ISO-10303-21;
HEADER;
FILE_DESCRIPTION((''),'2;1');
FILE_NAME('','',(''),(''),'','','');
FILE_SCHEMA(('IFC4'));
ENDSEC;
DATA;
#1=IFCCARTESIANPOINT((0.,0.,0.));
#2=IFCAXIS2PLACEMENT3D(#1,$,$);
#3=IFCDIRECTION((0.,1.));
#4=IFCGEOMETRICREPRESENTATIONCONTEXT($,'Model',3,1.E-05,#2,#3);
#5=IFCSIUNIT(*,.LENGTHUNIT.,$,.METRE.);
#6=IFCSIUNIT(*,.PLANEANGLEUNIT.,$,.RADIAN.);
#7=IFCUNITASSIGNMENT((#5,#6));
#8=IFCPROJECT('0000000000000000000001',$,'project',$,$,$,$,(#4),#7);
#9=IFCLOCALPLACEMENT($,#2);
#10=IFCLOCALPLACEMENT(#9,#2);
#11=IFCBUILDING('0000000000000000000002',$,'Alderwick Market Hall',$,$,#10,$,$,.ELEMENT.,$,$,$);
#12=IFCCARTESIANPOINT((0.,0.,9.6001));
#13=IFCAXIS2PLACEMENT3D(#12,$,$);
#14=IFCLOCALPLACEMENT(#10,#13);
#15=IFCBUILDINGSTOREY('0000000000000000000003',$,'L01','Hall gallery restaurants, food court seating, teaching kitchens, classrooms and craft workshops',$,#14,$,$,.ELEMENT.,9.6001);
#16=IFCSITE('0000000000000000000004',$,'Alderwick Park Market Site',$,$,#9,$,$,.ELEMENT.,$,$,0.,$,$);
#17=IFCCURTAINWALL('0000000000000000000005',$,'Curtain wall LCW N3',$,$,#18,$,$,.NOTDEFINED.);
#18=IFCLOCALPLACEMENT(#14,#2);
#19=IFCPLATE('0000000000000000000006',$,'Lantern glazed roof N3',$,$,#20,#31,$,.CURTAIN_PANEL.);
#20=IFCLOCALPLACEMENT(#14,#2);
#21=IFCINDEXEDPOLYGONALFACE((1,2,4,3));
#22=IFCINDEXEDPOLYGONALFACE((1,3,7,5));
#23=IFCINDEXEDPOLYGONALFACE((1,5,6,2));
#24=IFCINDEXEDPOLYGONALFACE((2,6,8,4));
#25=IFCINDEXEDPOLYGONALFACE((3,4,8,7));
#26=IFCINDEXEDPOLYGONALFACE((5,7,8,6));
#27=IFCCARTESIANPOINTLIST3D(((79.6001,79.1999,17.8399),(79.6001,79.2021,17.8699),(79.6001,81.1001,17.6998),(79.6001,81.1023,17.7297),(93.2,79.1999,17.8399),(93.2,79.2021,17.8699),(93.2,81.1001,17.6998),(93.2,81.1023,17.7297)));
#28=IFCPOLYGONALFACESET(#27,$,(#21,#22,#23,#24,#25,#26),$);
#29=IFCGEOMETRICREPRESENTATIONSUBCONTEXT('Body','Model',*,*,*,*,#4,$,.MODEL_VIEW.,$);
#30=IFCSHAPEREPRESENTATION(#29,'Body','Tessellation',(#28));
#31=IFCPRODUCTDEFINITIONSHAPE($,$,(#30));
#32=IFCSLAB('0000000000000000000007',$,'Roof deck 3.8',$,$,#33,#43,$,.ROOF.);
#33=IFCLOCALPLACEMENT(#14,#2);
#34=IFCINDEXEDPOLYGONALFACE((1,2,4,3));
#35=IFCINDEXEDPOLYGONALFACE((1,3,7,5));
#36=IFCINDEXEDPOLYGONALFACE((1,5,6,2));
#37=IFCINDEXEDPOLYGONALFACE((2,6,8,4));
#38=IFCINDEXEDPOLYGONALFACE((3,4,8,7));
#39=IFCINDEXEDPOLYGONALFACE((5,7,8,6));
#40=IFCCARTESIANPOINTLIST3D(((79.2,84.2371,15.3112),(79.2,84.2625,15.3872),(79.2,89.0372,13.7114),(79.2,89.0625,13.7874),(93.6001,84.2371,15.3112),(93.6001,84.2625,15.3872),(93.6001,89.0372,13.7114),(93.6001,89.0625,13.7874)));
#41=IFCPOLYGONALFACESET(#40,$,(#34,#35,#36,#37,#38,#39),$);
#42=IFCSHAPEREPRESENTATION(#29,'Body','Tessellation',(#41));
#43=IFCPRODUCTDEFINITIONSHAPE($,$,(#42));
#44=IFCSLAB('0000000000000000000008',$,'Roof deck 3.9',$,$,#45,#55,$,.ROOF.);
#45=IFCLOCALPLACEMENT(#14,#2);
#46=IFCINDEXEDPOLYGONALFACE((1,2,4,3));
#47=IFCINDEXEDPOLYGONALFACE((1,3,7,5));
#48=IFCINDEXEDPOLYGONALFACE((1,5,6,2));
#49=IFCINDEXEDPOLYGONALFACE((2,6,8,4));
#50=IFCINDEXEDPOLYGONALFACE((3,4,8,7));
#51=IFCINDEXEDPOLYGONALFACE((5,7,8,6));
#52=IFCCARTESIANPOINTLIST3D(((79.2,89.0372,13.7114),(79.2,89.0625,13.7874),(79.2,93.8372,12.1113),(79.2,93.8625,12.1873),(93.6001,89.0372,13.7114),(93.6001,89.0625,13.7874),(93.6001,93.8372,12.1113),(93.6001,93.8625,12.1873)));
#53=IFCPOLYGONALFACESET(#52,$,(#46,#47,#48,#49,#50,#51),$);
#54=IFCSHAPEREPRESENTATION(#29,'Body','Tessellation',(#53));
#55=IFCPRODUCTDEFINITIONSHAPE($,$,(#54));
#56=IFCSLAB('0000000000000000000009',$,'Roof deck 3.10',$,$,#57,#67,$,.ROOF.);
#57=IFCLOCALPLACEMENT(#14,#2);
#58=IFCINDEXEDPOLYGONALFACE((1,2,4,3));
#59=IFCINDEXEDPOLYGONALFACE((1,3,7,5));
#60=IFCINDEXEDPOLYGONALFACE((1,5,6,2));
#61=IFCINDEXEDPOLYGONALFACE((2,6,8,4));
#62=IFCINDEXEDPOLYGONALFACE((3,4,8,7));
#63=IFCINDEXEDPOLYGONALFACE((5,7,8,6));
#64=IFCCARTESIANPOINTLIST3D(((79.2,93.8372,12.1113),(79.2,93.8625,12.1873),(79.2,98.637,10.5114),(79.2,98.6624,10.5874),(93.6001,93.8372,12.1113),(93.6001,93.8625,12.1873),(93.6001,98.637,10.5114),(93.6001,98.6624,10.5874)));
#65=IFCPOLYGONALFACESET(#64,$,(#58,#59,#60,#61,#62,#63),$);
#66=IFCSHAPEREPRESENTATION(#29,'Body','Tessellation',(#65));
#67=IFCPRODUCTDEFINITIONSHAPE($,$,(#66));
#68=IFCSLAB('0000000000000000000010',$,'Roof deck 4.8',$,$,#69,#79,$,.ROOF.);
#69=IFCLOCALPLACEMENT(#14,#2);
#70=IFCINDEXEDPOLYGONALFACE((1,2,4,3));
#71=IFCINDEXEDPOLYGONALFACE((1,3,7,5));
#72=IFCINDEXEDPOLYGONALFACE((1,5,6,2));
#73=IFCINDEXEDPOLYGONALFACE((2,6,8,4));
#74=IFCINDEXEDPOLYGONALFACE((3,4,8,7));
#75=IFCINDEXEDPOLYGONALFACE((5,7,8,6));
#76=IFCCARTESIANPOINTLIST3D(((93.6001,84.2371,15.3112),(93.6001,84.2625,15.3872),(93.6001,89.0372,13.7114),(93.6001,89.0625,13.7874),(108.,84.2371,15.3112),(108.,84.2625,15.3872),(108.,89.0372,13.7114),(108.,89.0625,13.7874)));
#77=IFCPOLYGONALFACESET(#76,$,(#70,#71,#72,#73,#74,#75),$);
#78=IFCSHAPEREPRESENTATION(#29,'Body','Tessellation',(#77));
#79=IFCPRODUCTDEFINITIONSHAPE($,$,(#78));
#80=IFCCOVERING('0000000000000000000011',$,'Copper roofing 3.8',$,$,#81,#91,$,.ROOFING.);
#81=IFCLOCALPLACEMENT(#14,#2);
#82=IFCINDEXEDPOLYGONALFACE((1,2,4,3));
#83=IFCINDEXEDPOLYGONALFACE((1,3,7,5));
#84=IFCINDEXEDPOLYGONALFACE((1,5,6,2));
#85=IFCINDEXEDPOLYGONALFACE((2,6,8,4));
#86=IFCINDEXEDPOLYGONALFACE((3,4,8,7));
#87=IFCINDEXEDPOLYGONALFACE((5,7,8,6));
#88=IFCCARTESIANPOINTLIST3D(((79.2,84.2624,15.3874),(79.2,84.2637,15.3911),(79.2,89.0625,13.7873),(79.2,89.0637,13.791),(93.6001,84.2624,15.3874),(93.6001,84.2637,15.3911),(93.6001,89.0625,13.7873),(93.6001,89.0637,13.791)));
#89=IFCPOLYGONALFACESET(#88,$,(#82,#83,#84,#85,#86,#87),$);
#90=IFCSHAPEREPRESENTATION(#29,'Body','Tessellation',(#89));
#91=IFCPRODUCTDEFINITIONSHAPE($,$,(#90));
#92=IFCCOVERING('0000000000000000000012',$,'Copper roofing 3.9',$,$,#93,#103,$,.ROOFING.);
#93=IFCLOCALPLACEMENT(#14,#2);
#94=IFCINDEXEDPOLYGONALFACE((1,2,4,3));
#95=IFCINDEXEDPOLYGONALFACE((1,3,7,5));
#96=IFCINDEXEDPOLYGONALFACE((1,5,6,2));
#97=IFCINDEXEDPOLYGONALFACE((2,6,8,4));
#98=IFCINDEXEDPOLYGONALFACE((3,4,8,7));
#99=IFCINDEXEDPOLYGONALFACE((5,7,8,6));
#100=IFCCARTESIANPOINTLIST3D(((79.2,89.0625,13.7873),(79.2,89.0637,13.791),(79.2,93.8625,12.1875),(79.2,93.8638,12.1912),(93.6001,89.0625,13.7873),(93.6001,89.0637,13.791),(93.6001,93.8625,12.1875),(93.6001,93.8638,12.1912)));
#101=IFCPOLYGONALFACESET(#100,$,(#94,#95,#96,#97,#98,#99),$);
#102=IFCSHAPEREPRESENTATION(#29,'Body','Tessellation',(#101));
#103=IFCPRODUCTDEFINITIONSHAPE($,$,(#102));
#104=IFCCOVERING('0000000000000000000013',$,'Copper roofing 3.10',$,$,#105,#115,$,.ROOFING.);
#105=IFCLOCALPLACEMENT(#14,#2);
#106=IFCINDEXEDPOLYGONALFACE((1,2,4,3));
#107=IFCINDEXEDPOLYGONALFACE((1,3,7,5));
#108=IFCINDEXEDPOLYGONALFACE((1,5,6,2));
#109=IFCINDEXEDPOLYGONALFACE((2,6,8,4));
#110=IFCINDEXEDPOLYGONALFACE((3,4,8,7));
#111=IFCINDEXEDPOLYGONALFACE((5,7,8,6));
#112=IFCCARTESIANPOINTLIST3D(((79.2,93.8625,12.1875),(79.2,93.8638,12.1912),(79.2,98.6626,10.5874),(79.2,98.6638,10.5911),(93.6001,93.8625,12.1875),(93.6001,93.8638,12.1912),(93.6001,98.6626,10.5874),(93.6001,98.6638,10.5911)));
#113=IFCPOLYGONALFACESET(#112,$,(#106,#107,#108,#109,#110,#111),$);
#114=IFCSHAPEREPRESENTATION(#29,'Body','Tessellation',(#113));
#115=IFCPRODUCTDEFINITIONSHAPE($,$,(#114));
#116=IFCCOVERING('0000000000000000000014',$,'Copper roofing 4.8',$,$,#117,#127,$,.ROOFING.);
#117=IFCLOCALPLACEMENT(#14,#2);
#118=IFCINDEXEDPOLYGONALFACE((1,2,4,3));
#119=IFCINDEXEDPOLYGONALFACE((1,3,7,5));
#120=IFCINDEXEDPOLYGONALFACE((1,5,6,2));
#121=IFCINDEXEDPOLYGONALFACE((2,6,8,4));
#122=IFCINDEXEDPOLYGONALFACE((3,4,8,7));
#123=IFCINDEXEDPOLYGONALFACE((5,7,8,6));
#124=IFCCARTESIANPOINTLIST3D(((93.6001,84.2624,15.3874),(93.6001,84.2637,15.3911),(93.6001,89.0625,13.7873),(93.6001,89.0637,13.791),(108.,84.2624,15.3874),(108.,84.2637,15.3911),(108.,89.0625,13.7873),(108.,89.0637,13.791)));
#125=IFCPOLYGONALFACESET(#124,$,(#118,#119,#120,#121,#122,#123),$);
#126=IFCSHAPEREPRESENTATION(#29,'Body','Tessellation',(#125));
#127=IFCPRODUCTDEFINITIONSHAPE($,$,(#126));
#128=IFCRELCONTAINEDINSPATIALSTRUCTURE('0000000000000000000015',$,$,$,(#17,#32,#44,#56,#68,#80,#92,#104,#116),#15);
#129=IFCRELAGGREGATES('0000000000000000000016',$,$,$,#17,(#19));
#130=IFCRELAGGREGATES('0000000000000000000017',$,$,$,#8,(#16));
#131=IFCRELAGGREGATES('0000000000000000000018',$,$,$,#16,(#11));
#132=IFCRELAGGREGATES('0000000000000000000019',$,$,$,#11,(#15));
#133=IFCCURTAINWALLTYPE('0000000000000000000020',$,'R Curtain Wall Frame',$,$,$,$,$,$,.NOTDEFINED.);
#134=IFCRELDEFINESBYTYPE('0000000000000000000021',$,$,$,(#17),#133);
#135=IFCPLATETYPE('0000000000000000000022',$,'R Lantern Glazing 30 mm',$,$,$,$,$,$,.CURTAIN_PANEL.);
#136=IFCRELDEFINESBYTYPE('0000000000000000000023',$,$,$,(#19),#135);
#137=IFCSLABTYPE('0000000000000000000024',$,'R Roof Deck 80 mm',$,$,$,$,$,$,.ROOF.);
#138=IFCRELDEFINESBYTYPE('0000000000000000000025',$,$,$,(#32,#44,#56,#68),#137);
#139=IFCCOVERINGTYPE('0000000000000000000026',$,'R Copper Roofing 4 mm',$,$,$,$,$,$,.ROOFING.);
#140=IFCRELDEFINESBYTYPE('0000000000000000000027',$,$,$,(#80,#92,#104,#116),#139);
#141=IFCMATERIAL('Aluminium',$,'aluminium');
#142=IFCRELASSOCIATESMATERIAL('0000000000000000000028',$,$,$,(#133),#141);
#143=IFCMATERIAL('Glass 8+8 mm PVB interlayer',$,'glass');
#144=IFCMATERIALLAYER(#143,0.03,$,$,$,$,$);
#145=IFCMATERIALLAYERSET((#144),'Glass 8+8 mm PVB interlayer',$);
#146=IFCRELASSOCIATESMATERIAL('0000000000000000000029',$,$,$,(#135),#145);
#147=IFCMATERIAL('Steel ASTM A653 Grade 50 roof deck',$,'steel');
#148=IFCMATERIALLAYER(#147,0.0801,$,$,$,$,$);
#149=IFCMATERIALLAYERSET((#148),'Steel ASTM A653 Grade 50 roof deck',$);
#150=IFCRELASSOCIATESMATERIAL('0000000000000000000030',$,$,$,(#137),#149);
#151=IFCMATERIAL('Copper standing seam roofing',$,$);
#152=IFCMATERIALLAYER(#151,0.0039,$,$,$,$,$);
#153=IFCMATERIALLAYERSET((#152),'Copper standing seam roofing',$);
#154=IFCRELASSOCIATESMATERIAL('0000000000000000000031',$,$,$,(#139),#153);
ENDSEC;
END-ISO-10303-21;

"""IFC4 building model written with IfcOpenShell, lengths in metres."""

from ifc_helpers import new_model, si_unit, direction, frame, origin, place, context, subcontext, project, spatial, polyline, outline, extrude, material, layer, layer_set, type_object, element, aggregate, save


model = new_model("IFC4")

# Units and contexts
model_context = context("Model", 3, precision=1e-05, world=origin(), true_north=direction((0.0, 1.0)))
body_context = subcontext(model_context, "Body", "Model", "MODEL_VIEW")
ifc_project = project(units=[si_unit("LENGTHUNIT", "METRE"), si_unit("PLANEANGLEUNIT", "RADIAN")], contexts=[model_context])

# Site, building, storey
site_placement = place(None, origin())
site = spatial("IfcSite", under=ifc_project, at=site_placement, Name="Alderwick Park Market Site", CompositionType="ELEMENT", RefElevation=0.0)
building_placement = place(site_placement, origin())
building = spatial("IfcBuilding", under=site, at=building_placement, Name="Alderwick Market Hall", CompositionType="ELEMENT")
storey_placement = place(building_placement, frame((0.0, 0.0, 9.6001)))
storey = spatial("IfcBuildingStorey", under=building, at=storey_placement, Name="L01", Description="Hall gallery restaurants, food court seating, teaching kitchens, classrooms and craft workshops", CompositionType="ELEMENT", Elevation=9.6001)

# Curtain wall
ifc_material_1 = material(Name="Aluminium", Category="aluminium")
curtain_wall_type = type_object("IfcCurtainWallType", Name="R Curtain Wall Frame", PredefinedType="NOTDEFINED", material=ifc_material_1)
curtain_wall_placement = place(storey_placement, origin())
curtain_wall = element("IfcCurtainWall", 1, at=curtain_wall_placement, inside=storey, type_object=curtain_wall_type, Name="Curtain wall LCW N3", PredefinedType="NOTDEFINED")

# Plate
ifc_material_2 = material(Name="Glass 8+8 mm PVB interlayer", Category="glass")
ifc_layer_1 = layer(ifc_material_2, 0.03)
ifc_layer_set_1 = layer_set([ifc_layer_1], Name="Glass 8+8 mm PVB interlayer")
plate_type = type_object("IfcPlateType", Name="R Lantern Glazing 30 mm", PredefinedType="CURTAIN_PANEL", material=ifc_layer_set_1)
plate_placement = place(storey_placement, frame((79.6001, 81.1023, 17.7297), z_axis=(0.0, 0.073551, 0.997291), x_axis=(1.0, 0.0, 0.0)))
plate = element("IfcPlate", 2, at=plate_placement, type_object=plate_type, Name="Lantern glazed roof N3", PredefinedType="CURTAIN_PANEL", context=body_context, shape_type="SweptSolid", body=[
    extrude(outline(polyline([(0.0, 0.0), (13.5999, 0.0), (13.5999, -1.9053), (0.0, -1.9053), (0.0, 0.0)])), origin(), (0.0, 0.0, -1.0), 0.03),
])
aggregate(curtain_wall, [plate])

# Slabs
ifc_material_3 = material(Name="Steel ASTM A653 Grade 50 roof deck", Category="steel")
ifc_layer_2 = layer(ifc_material_3, 0.0801)
ifc_layer_set_2 = layer_set([ifc_layer_2], Name="Steel ASTM A653 Grade 50 roof deck")
slab_type = type_object("IfcSlabType", Name="R Roof Deck 80 mm", PredefinedType="ROOF", material=ifc_layer_set_2)
slab_1_placement = place(storey_placement, frame((79.2, 84.2625, 15.3872), z_axis=(0.0, 0.316199, 0.948693), x_axis=(1.0, 0.0, 0.0)))
element("IfcSlab", 3, at=slab_1_placement, inside=storey, type_object=slab_type, Name="Roof deck 3.8", PredefinedType="ROOF", context=body_context, shape_type="SweptSolid", body=[
    extrude(outline(polyline([(0.0, 0.0), (14.4001, 0.0), (14.4001, 5.0596), (0.0, 5.0596), (0.0, 0.0)])), origin(), (0.0, 0.0, -1.0), 0.0801),
])
slab_2_placement = place(storey_placement, frame((79.2, 89.0625, 13.7874), z_axis=(0.0, 0.316242, 0.948678), x_axis=(1.0, 0.0, 0.0)))
element("IfcSlab", 4, at=slab_2_placement, inside=storey, type_object=slab_type, Name="Roof deck 3.9", PredefinedType="ROOF", context=body_context, shape_type="SweptSolid", body=[
    extrude(outline(polyline([(0.0, 0.0), (14.4001, 0.0), (14.4001, 5.0597), (0.0, 5.0597), (0.0, 0.0)])), origin(), (0.0, 0.0, -1.0), 0.0801),
])
slab_3_placement = place(storey_placement, frame((79.2, 93.8625, 12.1873), z_axis=(0.0, 0.316213, 0.948688), x_axis=(1.0, 0.0, 0.0)))
element("IfcSlab", 5, at=slab_3_placement, inside=storey, type_object=slab_type, Name="Roof deck 3.10", PredefinedType="ROOF", context=body_context, shape_type="SweptSolid", body=[
    extrude(outline(polyline([(0.0, 0.0), (14.4001, 0.0), (14.4001, 5.0594), (0.0, 5.0594), (0.0, 0.0)])), origin(), (0.0, 0.0, -1.0), 0.0801),
])
slab_4_placement = place(storey_placement, frame((93.6001, 84.2625, 15.3872), z_axis=(0.0, 0.316199, 0.948693), x_axis=(1.0, 0.0, 0.0)))
element("IfcSlab", 6, at=slab_4_placement, inside=storey, type_object=slab_type, Name="Roof deck 4.8", PredefinedType="ROOF", context=body_context, shape_type="SweptSolid", body=[
    extrude(outline(polyline([(0.0, 0.0), (14.3999, 0.0), (14.3999, 5.0596), (0.0, 5.0596), (0.0, 0.0)])), origin(), (0.0, 0.0, -1.0), 0.0801),
])

# Coverings
ifc_material_4 = material(Name="Copper standing seam roofing")
ifc_layer_3 = layer(ifc_material_4, 0.0039)
ifc_layer_set_3 = layer_set([ifc_layer_3], Name="Copper standing seam roofing")
covering_type = type_object("IfcCoveringType", Name="R Copper Roofing 4 mm", PredefinedType="ROOFING", material=ifc_layer_set_3)
covering_1_placement = place(storey_placement, frame((79.2, 84.2637, 15.3911), z_axis=(0.0, 0.316242, 0.948678), x_axis=(1.0, 0.0, 0.0)))
element("IfcCovering", 7, at=covering_1_placement, inside=storey, type_object=covering_type, Name="Copper roofing 3.8", PredefinedType="ROOFING", context=body_context, shape_type="SweptSolid", body=[
    extrude(outline(polyline([(0.0, 0.0), (14.4001, 0.0), (14.4001, 5.0597), (0.0, 5.0597), (0.0, 0.0)])), origin(), (0.0, 0.0, -1.0), 0.0039),
])
covering_2_placement = place(storey_placement, frame((79.2, 89.0637, 13.791), z_axis=(0.0, 0.316199, 0.948693), x_axis=(1.0, 0.0, 0.0)))
element("IfcCovering", 8, at=covering_2_placement, inside=storey, type_object=covering_type, Name="Copper roofing 3.9", PredefinedType="ROOFING", context=body_context, shape_type="SweptSolid", body=[
    extrude(outline(polyline([(0.0, 0.0), (14.4001, 0.0), (14.4001, 5.0596), (0.0, 5.0596), (0.0, 0.0)])), origin(), (0.0, 0.0, -1.0), 0.0039),
])
covering_3_placement = place(storey_placement, frame((79.2, 93.8638, 12.1912), z_axis=(0.0, 0.316242, 0.948678), x_axis=(1.0, 0.0, 0.0)))
element("IfcCovering", 9, at=covering_3_placement, inside=storey, type_object=covering_type, Name="Copper roofing 3.10", PredefinedType="ROOFING", context=body_context, shape_type="SweptSolid", body=[
    extrude(outline(polyline([(0.0, 0.0), (14.4001, 0.0), (14.4001, 5.0597), (0.0, 5.0597), (0.0, 0.0)])), origin(), (0.0, 0.0, -1.0), 0.0039),
])
covering_4_placement = place(storey_placement, frame((93.6001, 84.2637, 15.3911), z_axis=(0.0, 0.316242, 0.948678), x_axis=(1.0, 0.0, 0.0)))
element("IfcCovering", 10, at=covering_4_placement, inside=storey, type_object=covering_type, Name="Copper roofing 4.8", PredefinedType="ROOFING", context=body_context, shape_type="SweptSolid", body=[
    extrude(outline(polyline([(0.0, 0.0), (14.3999, 0.0), (14.3999, 5.0597), (0.0, 5.0597), (0.0, 0.0)])), origin(), (0.0, 0.0, -1.0), 0.0039),
])

save(model, "model.ifc")
